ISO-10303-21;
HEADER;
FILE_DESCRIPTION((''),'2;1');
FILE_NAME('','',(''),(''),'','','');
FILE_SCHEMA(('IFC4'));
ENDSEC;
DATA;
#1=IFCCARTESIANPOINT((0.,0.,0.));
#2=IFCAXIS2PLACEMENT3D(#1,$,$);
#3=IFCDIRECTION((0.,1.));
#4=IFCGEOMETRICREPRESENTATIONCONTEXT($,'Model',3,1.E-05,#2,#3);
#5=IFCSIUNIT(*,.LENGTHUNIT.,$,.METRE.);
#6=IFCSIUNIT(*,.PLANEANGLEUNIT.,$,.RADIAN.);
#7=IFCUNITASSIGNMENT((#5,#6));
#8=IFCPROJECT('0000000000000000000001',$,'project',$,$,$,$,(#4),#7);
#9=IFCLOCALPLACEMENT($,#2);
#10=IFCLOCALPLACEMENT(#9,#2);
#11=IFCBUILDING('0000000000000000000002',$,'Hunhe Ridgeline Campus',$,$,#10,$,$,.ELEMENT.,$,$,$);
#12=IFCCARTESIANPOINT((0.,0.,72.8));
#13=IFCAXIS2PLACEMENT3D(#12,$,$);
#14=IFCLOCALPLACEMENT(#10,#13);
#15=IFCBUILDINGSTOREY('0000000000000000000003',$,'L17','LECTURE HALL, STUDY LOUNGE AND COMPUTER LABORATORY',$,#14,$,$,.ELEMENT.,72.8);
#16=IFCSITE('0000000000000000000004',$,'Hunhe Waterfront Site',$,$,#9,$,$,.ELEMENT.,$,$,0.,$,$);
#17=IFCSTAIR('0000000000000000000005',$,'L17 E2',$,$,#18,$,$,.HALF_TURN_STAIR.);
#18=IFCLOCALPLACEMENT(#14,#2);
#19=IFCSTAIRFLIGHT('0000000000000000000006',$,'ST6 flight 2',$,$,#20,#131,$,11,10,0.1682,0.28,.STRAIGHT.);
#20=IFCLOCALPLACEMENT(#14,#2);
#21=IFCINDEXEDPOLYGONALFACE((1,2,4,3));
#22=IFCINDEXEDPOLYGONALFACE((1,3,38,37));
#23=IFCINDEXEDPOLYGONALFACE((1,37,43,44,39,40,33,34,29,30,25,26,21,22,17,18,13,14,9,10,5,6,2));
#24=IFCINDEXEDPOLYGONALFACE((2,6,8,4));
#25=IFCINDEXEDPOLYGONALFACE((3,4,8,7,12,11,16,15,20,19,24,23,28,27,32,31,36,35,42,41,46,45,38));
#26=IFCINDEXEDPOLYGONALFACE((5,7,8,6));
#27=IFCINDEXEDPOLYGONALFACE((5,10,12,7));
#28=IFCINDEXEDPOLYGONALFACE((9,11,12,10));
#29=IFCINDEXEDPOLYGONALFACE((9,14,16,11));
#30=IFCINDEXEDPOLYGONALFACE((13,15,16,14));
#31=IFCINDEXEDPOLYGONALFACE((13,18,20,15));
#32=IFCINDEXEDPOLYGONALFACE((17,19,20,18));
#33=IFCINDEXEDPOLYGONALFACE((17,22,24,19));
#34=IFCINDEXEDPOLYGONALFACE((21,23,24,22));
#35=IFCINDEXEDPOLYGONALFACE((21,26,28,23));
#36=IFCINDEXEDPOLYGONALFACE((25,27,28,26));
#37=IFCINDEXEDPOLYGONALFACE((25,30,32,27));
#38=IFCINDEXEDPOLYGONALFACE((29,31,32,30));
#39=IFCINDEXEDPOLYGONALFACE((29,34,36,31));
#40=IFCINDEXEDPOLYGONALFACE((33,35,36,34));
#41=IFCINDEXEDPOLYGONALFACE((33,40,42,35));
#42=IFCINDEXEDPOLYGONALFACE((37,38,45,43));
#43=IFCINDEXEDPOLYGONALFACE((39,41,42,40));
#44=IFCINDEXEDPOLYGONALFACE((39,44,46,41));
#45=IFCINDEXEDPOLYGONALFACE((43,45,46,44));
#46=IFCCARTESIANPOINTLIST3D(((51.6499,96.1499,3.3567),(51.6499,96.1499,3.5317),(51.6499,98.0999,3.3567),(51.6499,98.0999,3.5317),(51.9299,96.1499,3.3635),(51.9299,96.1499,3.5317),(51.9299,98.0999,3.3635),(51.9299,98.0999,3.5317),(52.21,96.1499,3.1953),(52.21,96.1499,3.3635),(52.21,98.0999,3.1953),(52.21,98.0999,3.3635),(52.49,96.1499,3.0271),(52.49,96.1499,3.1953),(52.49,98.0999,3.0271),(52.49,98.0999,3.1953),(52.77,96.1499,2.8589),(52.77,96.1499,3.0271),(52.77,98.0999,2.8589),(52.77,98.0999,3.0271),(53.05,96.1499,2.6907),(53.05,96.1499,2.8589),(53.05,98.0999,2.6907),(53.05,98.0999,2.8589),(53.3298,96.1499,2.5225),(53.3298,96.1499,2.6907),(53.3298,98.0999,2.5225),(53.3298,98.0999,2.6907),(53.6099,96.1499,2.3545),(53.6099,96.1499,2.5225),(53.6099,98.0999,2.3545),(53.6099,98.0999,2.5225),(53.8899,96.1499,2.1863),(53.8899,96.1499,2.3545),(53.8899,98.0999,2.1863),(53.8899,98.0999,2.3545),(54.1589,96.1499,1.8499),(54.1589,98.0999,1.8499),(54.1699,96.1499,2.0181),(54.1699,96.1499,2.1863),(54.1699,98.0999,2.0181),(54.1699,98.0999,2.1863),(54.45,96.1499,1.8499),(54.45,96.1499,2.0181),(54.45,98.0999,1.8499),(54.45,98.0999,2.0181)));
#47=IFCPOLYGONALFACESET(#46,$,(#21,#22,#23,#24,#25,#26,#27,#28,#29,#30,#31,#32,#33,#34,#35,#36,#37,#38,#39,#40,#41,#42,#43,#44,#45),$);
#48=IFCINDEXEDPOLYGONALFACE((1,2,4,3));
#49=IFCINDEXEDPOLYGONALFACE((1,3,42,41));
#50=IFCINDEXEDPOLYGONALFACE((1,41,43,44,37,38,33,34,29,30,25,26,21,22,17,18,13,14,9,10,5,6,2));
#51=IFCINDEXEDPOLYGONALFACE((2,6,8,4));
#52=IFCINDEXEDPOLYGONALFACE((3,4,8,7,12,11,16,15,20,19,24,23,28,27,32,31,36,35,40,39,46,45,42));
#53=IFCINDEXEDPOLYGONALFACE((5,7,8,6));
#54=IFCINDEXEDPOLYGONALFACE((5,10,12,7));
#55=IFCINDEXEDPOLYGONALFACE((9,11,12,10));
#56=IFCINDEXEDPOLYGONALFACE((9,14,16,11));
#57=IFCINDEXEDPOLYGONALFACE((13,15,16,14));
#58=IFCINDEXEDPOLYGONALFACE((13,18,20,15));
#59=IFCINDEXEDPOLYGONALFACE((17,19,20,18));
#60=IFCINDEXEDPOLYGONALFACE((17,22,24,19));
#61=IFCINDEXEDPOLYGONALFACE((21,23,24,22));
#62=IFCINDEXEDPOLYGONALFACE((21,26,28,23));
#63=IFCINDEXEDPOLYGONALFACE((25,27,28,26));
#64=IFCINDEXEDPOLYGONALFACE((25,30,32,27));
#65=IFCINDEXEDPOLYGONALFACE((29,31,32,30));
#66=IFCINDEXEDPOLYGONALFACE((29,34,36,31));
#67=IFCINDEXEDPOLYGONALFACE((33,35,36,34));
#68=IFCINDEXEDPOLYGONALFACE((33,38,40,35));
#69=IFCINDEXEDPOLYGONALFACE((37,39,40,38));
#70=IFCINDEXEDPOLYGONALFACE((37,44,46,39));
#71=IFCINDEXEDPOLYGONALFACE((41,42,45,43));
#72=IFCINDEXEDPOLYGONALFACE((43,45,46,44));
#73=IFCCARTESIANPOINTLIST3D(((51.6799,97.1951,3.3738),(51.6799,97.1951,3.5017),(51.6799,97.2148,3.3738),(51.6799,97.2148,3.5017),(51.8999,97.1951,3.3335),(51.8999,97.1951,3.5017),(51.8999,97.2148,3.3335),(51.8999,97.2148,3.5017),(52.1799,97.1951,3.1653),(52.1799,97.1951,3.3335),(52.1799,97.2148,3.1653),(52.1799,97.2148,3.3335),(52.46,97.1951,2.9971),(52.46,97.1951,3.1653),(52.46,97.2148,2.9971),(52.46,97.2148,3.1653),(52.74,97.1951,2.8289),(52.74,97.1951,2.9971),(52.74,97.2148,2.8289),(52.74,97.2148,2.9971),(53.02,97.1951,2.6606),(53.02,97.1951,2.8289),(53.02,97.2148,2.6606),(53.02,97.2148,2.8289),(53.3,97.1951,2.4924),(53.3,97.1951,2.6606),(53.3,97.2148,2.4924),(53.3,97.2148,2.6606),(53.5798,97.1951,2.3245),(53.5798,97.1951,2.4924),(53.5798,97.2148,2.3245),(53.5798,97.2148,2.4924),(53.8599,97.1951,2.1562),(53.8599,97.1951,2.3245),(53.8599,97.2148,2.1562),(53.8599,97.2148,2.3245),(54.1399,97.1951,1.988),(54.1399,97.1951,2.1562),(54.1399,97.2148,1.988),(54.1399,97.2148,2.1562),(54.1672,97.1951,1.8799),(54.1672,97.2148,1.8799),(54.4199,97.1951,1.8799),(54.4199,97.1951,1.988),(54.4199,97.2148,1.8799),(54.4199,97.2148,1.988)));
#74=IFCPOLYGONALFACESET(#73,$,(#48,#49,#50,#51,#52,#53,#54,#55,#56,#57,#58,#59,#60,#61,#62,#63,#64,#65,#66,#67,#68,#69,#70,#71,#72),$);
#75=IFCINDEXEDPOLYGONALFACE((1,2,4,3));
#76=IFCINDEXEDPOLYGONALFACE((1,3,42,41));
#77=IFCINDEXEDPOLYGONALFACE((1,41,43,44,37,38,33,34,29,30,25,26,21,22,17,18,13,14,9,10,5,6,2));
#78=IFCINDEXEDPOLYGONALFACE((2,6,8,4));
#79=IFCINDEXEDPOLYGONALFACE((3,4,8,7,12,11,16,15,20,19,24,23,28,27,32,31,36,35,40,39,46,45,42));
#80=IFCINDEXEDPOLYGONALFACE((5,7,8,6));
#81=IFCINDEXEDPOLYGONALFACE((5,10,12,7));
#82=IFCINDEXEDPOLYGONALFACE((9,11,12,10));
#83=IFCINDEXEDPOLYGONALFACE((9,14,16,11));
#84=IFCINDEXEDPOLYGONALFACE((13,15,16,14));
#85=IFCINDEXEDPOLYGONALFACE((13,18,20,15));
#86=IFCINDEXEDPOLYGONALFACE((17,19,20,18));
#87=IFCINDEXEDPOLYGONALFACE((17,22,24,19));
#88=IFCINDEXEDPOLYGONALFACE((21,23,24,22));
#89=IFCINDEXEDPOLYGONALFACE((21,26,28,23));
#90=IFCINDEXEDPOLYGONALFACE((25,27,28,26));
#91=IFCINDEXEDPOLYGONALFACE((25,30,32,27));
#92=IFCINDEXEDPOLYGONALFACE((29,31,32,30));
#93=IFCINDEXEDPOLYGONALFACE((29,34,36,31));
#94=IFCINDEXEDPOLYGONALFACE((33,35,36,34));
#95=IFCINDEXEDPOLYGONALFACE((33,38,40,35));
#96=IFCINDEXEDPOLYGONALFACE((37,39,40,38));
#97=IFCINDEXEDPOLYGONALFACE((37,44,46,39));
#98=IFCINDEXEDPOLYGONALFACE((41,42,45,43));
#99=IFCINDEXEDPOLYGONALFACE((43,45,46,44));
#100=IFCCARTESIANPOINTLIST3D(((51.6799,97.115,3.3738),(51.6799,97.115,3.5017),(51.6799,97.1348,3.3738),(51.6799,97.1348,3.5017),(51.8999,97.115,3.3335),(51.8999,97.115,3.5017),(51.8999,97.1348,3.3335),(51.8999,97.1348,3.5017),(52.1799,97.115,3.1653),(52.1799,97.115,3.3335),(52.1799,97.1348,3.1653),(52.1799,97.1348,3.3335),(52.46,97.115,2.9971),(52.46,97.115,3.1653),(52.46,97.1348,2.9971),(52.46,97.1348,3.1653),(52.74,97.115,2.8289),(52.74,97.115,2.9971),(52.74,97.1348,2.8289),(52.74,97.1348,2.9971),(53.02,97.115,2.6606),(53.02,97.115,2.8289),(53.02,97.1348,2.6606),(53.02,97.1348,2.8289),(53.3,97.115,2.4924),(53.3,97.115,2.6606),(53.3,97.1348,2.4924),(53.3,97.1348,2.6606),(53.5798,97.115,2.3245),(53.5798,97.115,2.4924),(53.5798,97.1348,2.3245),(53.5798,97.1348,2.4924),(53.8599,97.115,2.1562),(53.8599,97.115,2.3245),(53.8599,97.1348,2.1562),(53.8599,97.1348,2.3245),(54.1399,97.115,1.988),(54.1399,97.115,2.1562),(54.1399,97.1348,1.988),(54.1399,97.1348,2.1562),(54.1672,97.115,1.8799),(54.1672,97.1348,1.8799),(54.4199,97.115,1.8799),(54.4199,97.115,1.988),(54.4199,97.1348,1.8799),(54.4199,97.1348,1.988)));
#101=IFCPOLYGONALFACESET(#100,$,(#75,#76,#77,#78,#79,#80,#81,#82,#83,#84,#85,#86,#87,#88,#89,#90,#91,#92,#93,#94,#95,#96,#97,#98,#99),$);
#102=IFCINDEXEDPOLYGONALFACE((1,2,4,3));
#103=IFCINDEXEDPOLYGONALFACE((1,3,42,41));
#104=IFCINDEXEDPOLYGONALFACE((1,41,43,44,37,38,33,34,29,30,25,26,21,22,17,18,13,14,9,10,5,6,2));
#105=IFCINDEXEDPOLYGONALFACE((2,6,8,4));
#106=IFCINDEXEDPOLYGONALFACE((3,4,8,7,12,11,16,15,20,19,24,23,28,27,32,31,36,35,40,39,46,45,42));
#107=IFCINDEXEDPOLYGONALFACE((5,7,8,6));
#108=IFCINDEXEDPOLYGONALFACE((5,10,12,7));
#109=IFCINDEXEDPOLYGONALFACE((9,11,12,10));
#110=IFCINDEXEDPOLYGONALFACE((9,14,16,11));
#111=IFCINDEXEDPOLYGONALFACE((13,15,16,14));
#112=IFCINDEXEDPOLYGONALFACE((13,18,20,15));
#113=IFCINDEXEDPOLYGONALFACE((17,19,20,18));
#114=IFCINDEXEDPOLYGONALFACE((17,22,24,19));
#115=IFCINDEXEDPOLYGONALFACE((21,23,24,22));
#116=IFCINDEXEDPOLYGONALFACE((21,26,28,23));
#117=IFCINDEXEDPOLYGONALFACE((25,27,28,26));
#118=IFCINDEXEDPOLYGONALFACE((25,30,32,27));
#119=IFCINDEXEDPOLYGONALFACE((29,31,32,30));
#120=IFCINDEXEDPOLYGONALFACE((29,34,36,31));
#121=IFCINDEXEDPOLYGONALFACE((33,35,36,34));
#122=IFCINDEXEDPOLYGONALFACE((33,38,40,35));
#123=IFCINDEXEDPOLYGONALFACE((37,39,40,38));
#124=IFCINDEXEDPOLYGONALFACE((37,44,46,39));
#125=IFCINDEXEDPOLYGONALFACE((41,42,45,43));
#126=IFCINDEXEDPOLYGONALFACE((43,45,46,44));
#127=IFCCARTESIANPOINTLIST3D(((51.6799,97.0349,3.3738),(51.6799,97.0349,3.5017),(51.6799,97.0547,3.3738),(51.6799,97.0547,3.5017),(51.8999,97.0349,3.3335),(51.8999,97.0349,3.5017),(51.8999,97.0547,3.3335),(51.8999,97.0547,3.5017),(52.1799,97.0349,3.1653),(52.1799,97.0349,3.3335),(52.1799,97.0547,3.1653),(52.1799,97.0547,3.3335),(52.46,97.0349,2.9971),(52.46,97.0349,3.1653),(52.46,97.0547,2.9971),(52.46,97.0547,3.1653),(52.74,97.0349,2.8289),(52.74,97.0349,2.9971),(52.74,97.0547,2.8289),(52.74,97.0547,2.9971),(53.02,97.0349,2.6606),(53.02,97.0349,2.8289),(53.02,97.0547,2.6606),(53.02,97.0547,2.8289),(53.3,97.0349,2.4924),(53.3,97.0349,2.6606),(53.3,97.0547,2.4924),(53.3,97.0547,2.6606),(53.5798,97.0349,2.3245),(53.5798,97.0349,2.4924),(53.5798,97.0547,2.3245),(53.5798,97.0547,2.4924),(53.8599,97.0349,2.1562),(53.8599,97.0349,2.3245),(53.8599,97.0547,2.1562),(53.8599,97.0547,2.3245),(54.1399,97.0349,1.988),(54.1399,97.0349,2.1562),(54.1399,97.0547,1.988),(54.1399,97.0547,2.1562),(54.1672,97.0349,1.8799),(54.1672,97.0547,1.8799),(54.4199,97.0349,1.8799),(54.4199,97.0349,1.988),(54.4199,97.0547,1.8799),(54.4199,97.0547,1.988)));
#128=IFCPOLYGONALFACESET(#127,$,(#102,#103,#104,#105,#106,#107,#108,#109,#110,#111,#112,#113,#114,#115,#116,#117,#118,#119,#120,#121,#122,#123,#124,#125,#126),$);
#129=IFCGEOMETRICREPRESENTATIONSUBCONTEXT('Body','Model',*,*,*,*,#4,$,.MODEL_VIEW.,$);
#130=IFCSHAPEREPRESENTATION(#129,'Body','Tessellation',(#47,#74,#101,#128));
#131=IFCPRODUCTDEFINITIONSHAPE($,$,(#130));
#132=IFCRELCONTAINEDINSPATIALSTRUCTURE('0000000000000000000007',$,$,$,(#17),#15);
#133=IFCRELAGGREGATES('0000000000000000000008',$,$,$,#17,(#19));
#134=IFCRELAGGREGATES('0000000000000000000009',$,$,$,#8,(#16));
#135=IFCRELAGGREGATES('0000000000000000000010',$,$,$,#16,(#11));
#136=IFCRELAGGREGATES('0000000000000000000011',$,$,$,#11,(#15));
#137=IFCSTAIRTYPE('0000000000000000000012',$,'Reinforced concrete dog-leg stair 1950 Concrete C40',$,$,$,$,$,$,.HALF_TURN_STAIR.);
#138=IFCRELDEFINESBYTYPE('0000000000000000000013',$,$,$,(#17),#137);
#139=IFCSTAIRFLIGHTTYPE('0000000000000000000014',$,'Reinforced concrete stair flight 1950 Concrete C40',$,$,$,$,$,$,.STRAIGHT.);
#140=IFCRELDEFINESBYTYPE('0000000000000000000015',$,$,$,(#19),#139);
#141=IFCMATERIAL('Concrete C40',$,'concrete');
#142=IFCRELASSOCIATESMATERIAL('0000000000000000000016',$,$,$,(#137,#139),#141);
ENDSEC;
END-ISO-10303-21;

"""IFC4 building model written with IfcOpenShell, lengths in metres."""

from ifc_helpers import new_model, si_unit, direction, frame, origin, place, context, subcontext, project, spatial, polyline, outline, extrude, material, type_object, element, aggregate, save


model = new_model("IFC4")

# Units and contexts
model_context = context("Model", 3, precision=1e-05, world=origin(), true_north=direction((0.0, 1.0)))
body_context = subcontext(model_context, "Body", "Model", "MODEL_VIEW")
ifc_project = project(units=[si_unit("LENGTHUNIT", "METRE"), si_unit("PLANEANGLEUNIT", "RADIAN")], contexts=[model_context])

# Site, building, storey
site_placement = place(None, origin())
site = spatial("IfcSite", under=ifc_project, at=site_placement, Name="Hunhe Waterfront Site", CompositionType="ELEMENT", RefElevation=0.0)
building_placement = place(site_placement, origin())
building = spatial("IfcBuilding", under=site, at=building_placement, Name="Hunhe Ridgeline Campus", CompositionType="ELEMENT")
storey_placement = place(building_placement, frame((0.0, 0.0, 72.8)))
storey = spatial("IfcBuildingStorey", under=building, at=storey_placement, Name="L17", Description="LECTURE HALL, STUDY LOUNGE AND COMPUTER LABORATORY", CompositionType="ELEMENT", Elevation=72.8)

# Stair, stair flight
ifc_material_1 = material(Name="Concrete C40", Category="concrete")
stair_type = type_object("IfcStairType", Name="Reinforced concrete dog-leg stair 1950 Concrete C40", PredefinedType="HALF_TURN_STAIR", material=ifc_material_1)
stair_1_placement = place(storey_placement, origin())
stair_1 = element("IfcStair", 1, at=stair_1_placement, inside=storey, type_object=stair_type, Name="L17 E2", PredefinedType="HALF_TURN_STAIR")
stair_flight_type = type_object("IfcStairFlightType", Name="Reinforced concrete stair flight 1950 Concrete C40", PredefinedType="STRAIGHT", material=ifc_material_1)
stair_flight_1_placement = place(storey_placement, frame((54.45, 97.125, 1.8499), z_axis=(0.0, 0.0, 1.0), x_axis=(-1.0, 0.0, 0.0)))
stair_flight_1 = element("IfcStairFlight", 2, at=stair_flight_1_placement, type_object=stair_flight_type, Name="ST6 flight 2", NumberOfRisers=11, NumberOfTreads=10, PredefinedType="STRAIGHT", RiserHeight=0.1682, TreadLength=0.28, context=body_context, shape_type="SweptSolid", body=[
    extrude(outline(polyline([(0.0, 0.0), (0.0, 0.1682), (0.28, 0.1682), (0.28, 0.3364), (0.5601, 0.3364), (0.5601, 0.5046), (0.8401, 0.5046), (0.8401, 0.6726), (1.1201, 0.6726), (1.1201, 0.8408), (1.3999, 0.8408), (1.3999, 1.009), (1.6799, 1.009), (1.6799, 1.1772), (1.96, 1.1772), (1.96, 1.3455), (2.24, 1.3455), (2.24, 1.5137), (2.52, 1.5137), (2.52, 1.6819), (2.8, 1.6819), (2.8, 1.8501), (2.8, 1.5068), (0.291, 0.0), (0.0, 0.0)])), frame((0.0, 0.9751, 0.0), z_axis=(0.0, -1.0, 0.0), x_axis=(1.0, 0.0, 0.0)), (0.0, 0.0, 1.0), 1.95),
    extrude(outline(polyline([(0.03, 0.03), (0.03, 0.1382), (0.3101, 0.1382), (0.3101, 0.3064), (0.5901, 0.3064), (0.5901, 0.4746), (0.8701, 0.4746), (0.8701, 0.6426), (1.1499, 0.6426), (1.1499, 0.8108), (1.4299, 0.8108), (1.4299, 0.979), (1.71, 0.979), (1.71, 1.1472), (1.99, 1.1472), (1.99, 1.3154), (2.27, 1.3154), (2.27, 1.4836), (2.55, 1.4836), (2.55, 1.6519), (2.77, 1.6519), (2.77, 1.5239), (0.2827, 0.03), (0.03, 0.03)])), frame((0.0, -0.0701, 0.0), z_axis=(0.0, -1.0, 0.0), x_axis=(1.0, 0.0, 0.0)), (0.0, 0.0, 1.0), 0.0198),
    extrude(outline(polyline([(0.03, 0.03), (0.03, 0.1382), (0.3101, 0.1382), (0.3101, 0.3064), (0.5901, 0.3064), (0.5901, 0.4746), (0.8701, 0.4746), (0.8701, 0.6426), (1.1499, 0.6426), (1.1499, 0.8108), (1.4299, 0.8108), (1.4299, 0.979), (1.71, 0.979), (1.71, 1.1472), (1.99, 1.1472), (1.99, 1.3154), (2.27, 1.3154), (2.27, 1.4836), (2.55, 1.4836), (2.55, 1.6519), (2.77, 1.6519), (2.77, 1.5239), (0.2827, 0.03), (0.03, 0.03)])), frame((0.0, 0.01, 0.0), z_axis=(0.0, -1.0, 0.0), x_axis=(1.0, 0.0, 0.0)), (0.0, 0.0, 1.0), 0.0198),
    extrude(outline(polyline([(0.03, 0.03), (0.03, 0.1382), (0.3101, 0.1382), (0.3101, 0.3064), (0.5901, 0.3064), (0.5901, 0.4746), (0.8701, 0.4746), (0.8701, 0.6426), (1.1499, 0.6426), (1.1499, 0.8108), (1.4299, 0.8108), (1.4299, 0.979), (1.71, 0.979), (1.71, 1.1472), (1.99, 1.1472), (1.99, 1.3154), (2.27, 1.3154), (2.27, 1.4836), (2.55, 1.4836), (2.55, 1.6519), (2.77, 1.6519), (2.77, 1.5239), (0.2827, 0.03), (0.03, 0.03)])), frame((0.0, 0.0901, 0.0), z_axis=(0.0, -1.0, 0.0), x_axis=(1.0, 0.0, 0.0)), (0.0, 0.0, 1.0), 0.0198),
])
aggregate(stair_1, [stair_flight_1])

save(model, "model.ifc")
